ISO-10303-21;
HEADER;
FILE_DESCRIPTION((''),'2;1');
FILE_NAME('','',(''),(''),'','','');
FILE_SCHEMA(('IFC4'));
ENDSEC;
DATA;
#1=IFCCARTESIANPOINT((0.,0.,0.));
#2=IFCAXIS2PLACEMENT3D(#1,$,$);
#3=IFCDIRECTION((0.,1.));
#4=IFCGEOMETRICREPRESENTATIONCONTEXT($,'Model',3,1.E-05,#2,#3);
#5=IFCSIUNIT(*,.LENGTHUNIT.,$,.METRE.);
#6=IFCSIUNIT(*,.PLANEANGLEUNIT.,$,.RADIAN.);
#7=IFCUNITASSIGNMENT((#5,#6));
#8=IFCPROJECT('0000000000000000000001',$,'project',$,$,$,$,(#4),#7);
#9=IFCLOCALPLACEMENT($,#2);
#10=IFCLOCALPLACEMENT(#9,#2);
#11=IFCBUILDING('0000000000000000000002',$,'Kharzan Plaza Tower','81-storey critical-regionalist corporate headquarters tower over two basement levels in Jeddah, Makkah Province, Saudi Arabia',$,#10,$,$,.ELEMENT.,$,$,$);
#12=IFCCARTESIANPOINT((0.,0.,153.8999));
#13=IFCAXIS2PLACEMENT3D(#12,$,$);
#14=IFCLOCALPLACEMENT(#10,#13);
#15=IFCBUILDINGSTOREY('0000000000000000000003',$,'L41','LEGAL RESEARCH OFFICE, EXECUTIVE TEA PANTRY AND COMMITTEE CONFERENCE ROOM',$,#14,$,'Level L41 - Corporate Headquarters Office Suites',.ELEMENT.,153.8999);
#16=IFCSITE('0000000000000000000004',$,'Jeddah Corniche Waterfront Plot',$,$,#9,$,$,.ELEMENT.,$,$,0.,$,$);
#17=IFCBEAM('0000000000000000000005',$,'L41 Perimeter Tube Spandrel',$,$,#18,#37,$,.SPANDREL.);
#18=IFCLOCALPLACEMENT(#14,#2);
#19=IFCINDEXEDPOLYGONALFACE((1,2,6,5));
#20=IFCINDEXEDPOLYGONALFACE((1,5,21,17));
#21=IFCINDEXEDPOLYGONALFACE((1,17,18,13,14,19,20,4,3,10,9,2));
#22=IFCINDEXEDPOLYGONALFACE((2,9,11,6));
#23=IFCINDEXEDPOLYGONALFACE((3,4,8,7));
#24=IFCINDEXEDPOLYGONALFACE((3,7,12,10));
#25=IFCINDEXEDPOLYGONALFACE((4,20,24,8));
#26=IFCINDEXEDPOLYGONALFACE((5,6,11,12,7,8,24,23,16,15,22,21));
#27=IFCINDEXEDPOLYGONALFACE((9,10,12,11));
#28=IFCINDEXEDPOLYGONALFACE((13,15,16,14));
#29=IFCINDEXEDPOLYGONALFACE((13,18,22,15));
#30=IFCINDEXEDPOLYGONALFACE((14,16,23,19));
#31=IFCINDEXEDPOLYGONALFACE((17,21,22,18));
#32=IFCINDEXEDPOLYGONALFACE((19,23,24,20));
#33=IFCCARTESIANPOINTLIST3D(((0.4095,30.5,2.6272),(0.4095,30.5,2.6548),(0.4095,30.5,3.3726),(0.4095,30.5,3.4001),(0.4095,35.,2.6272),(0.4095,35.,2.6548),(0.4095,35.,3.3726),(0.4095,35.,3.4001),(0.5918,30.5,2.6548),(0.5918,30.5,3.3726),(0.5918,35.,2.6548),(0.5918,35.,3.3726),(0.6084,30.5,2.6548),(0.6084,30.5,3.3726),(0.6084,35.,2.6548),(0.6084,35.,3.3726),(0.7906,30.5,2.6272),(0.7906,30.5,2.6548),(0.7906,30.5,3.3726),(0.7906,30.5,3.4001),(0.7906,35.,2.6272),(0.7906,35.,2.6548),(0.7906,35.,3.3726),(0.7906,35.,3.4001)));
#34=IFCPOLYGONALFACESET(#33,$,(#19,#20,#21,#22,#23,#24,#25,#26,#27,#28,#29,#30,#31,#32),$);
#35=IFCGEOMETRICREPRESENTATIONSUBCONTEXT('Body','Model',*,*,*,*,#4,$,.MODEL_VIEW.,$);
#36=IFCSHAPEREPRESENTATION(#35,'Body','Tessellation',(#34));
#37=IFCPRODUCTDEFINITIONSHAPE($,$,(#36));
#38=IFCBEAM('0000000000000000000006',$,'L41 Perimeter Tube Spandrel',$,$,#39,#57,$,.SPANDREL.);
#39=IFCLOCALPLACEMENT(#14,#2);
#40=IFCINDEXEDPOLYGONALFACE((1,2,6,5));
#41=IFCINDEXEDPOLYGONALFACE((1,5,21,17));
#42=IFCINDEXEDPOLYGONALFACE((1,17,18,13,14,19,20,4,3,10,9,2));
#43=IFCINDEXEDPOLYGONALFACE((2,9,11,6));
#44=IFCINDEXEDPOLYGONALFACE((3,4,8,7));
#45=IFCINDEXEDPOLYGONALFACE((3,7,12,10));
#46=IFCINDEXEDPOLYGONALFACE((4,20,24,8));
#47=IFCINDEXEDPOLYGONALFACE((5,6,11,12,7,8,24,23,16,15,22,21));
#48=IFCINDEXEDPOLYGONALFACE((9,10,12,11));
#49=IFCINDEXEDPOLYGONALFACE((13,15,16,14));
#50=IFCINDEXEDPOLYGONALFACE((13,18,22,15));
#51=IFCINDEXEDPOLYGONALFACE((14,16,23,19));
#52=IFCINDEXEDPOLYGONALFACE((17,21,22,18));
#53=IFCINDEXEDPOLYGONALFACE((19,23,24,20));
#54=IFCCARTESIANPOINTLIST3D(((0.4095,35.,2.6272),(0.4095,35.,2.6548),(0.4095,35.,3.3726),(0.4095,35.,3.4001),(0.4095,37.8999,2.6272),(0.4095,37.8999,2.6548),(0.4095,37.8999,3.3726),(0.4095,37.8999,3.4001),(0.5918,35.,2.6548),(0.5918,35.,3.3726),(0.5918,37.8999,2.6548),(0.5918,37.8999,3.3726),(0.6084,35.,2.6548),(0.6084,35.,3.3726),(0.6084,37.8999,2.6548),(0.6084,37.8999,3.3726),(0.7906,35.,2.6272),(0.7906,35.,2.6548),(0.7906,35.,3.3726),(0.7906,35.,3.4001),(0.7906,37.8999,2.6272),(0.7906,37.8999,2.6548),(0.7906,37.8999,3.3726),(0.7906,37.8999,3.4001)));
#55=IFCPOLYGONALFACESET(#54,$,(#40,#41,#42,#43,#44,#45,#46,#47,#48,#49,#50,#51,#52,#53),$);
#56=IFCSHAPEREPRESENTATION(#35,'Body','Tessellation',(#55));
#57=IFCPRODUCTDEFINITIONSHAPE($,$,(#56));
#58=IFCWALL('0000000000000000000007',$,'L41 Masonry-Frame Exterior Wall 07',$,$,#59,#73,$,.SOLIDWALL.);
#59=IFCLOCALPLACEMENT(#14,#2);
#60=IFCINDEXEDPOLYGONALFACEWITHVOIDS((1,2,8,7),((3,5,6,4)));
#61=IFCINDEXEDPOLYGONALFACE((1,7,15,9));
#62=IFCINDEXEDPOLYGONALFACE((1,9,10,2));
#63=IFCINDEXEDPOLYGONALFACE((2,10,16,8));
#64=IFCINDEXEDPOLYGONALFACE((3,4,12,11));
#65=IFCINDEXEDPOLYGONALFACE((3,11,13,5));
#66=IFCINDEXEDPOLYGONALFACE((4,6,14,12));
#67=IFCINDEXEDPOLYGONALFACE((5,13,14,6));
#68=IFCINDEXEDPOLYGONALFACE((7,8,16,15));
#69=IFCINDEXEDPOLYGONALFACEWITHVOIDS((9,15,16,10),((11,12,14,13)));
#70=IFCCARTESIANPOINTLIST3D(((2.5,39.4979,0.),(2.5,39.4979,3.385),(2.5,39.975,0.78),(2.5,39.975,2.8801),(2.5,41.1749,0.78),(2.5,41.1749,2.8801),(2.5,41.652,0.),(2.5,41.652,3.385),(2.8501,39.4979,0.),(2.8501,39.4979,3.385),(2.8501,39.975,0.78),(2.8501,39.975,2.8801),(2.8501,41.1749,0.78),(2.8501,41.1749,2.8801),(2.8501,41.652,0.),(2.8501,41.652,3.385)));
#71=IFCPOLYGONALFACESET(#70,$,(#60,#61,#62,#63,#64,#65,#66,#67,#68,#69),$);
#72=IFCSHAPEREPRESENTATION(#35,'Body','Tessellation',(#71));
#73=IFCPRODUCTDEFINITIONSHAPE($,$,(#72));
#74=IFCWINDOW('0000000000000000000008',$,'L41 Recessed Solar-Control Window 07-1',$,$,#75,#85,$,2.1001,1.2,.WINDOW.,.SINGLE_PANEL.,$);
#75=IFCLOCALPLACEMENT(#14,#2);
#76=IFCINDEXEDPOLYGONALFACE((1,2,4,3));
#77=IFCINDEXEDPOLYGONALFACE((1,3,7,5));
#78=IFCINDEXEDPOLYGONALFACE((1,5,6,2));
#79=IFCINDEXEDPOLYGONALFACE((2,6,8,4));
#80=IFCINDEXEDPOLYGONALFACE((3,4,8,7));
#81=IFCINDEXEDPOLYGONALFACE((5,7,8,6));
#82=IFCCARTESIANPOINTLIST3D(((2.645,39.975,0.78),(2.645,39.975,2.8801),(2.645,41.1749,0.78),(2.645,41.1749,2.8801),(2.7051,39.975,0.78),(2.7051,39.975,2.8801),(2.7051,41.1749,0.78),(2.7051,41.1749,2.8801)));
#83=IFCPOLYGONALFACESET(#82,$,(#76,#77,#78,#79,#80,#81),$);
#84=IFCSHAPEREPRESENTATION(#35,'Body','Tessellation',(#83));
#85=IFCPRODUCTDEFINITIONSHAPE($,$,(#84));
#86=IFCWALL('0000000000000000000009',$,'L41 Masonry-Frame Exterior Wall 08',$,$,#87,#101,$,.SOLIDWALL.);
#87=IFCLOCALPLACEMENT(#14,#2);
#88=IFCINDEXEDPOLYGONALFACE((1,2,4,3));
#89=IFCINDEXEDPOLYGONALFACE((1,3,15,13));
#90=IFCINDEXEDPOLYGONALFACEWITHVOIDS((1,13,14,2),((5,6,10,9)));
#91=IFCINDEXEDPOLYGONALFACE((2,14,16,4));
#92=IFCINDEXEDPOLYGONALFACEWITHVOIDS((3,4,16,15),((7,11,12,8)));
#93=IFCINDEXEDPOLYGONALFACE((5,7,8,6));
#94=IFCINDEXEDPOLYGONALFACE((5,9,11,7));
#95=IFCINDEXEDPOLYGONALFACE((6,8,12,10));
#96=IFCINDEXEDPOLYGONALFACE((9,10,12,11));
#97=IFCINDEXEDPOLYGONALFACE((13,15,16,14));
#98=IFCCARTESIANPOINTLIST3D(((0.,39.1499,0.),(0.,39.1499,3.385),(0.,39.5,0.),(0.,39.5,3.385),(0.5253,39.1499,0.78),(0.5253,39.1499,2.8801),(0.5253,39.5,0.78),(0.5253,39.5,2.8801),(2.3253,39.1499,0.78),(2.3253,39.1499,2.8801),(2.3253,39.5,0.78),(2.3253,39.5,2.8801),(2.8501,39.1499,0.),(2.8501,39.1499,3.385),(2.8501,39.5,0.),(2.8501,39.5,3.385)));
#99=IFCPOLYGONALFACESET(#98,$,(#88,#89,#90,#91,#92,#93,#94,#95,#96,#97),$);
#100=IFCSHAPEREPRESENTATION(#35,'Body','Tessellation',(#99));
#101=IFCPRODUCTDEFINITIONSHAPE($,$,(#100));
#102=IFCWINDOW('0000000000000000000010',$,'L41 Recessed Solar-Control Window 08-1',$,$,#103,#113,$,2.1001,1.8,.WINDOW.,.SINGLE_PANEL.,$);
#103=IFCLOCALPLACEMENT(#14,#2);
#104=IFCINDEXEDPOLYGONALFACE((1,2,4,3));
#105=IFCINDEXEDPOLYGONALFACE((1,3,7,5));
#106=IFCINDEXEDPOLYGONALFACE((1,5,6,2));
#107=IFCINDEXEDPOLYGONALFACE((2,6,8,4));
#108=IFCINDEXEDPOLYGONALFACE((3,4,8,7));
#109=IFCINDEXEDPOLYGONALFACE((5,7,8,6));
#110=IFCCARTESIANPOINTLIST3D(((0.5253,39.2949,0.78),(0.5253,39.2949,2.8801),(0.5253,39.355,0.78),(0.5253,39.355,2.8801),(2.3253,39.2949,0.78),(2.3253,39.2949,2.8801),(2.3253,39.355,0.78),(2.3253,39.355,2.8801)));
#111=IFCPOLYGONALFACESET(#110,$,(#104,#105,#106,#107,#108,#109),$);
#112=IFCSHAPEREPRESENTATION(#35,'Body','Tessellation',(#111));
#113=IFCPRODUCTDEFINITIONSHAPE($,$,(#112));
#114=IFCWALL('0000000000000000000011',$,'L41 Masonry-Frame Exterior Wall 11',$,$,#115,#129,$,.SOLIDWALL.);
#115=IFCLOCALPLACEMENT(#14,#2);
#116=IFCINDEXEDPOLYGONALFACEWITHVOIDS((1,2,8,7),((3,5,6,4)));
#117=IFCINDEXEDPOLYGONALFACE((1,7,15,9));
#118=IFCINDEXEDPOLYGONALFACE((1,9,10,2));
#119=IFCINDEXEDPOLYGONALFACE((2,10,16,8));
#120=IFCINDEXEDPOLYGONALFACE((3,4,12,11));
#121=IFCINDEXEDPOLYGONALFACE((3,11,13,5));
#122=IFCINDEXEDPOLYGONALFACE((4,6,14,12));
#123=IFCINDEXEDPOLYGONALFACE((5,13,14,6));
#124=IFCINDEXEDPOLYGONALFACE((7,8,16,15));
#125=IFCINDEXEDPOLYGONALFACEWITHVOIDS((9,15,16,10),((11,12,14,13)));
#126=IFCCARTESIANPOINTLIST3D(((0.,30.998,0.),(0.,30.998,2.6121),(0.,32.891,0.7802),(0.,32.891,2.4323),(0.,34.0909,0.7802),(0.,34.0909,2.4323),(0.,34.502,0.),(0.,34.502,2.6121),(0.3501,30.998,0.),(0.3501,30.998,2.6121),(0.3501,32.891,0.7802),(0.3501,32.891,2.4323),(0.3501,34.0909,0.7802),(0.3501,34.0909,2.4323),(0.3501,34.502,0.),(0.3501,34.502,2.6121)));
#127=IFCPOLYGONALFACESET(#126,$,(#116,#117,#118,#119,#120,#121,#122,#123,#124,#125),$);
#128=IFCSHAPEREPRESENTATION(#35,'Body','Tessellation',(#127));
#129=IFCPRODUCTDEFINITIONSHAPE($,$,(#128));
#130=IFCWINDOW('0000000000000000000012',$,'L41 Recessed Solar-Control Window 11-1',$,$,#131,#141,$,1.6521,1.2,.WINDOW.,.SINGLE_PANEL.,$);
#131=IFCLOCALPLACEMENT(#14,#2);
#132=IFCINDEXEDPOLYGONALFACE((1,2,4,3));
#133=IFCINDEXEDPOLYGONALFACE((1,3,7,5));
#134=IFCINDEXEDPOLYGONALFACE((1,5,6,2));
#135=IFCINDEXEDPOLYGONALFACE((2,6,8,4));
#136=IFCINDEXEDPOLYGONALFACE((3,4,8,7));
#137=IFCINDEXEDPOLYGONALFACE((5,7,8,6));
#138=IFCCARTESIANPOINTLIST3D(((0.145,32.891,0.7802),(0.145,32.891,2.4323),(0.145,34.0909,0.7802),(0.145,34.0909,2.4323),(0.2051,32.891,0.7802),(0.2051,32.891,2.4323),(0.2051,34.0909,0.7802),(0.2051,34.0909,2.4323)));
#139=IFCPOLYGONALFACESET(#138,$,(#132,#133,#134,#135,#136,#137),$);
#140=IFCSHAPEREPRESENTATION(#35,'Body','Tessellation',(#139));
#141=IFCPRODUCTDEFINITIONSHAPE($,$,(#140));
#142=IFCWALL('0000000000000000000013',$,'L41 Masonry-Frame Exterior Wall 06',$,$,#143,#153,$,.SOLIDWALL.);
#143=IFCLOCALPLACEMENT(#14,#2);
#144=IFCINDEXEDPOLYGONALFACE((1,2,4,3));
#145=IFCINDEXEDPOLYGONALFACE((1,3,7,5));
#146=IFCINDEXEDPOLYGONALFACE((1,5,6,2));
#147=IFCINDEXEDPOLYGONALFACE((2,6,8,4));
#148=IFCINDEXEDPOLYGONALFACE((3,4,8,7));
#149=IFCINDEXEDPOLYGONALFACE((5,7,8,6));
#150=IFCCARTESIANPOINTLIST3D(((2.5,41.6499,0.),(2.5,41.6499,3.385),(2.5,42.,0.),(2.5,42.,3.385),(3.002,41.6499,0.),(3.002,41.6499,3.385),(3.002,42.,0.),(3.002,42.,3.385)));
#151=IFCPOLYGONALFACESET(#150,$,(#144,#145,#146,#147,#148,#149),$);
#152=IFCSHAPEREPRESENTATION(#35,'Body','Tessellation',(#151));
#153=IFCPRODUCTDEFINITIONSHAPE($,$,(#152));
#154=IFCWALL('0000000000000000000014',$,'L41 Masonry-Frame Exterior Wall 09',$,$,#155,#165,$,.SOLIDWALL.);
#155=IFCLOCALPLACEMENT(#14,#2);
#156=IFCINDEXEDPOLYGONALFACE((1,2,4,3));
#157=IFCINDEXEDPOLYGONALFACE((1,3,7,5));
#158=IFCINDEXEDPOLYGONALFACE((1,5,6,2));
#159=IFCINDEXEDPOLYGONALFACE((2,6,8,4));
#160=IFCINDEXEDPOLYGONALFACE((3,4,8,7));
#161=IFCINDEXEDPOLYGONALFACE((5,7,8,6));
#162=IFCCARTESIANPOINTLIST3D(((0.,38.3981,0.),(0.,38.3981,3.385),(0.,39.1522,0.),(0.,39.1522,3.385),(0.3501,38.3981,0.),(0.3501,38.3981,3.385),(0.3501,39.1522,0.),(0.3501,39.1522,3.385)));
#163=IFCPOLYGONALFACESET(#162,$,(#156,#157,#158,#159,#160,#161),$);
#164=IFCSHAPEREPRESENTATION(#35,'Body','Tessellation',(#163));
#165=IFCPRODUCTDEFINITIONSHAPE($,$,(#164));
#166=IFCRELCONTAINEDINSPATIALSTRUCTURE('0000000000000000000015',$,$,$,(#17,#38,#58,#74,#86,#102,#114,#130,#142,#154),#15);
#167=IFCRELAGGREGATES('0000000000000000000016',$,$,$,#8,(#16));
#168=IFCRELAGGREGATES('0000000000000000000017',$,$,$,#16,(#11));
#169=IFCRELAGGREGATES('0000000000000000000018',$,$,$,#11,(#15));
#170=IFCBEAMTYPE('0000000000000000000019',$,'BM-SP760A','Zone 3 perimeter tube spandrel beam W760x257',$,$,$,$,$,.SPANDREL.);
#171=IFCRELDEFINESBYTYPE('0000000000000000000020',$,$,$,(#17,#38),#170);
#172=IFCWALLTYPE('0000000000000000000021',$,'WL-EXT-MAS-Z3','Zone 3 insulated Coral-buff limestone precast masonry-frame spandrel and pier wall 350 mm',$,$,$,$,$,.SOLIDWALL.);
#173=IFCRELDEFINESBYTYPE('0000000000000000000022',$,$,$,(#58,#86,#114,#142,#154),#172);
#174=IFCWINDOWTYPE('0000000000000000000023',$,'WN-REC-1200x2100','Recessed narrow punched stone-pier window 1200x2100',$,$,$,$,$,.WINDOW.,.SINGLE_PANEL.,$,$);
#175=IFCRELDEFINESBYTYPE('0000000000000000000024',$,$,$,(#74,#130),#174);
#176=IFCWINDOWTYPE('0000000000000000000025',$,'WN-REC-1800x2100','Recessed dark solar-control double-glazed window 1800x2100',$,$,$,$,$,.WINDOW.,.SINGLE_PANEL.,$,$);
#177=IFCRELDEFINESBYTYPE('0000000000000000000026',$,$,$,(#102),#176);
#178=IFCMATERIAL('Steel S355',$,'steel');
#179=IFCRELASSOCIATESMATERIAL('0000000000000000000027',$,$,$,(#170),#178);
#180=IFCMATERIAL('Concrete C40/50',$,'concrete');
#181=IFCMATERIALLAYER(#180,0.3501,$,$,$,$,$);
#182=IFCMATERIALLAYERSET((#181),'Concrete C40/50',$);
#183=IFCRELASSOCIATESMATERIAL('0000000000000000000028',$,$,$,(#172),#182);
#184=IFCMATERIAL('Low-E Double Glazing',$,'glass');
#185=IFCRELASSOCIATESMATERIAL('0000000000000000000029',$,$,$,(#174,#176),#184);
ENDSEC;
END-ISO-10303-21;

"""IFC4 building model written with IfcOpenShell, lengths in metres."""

from ifc_helpers import new_model, si_unit, direction, frame, frame_2d, origin, origin_2d, place, context, subcontext, project, spatial, rectangle, i_section, extrude, source, transform, mapped, material, layer, layer_set, material_profile, profile_set, type_object, element, fill, save


model = new_model("IFC4")

# Units and contexts
model_context = context("Model", 3, precision=1e-05, world=origin(), true_north=direction((0.0, 1.0)))
body_context = subcontext(model_context, "Body", "Model", "MODEL_VIEW")
ifc_project = project(units=[si_unit("LENGTHUNIT", "METRE"), si_unit("PLANEANGLEUNIT", "RADIAN")], contexts=[model_context])

# Site, building, storey
site_placement = place(None, origin())
site = spatial("IfcSite", under=ifc_project, at=site_placement, Name="Jeddah Corniche Waterfront Plot", CompositionType="ELEMENT", RefElevation=0.0)
building_placement = place(site_placement, origin())
building = spatial("IfcBuilding", under=site, at=building_placement, Name="Kharzan Plaza Tower", Description="81-storey critical-regionalist corporate headquarters tower over two basement levels in Jeddah, Makkah Province, Saudi Arabia", CompositionType="ELEMENT")
storey_placement = place(building_placement, frame((0.0, 0.0, 153.8999)))
storey = spatial("IfcBuildingStorey", under=building, at=storey_placement, Name="L41", Description="LEGAL RESEARCH OFFICE, EXECUTIVE TEA PANTRY AND COMMITTEE CONFERENCE ROOM", LongName="Level L41 - Corporate Headquarters Office Suites", CompositionType="ELEMENT", Elevation=153.8999)

# Beams
ifc_material_1 = material(Name="Steel S355", Category="steel")
ifc_material_profile_1 = material_profile(ifc_material_1, i_section(OverallWidth=0.3811, OverallDepth=0.7729, WebThickness=0.0166, FlangeThickness=0.0276, at=origin_2d()), Name="W760x257")
ifc_profile_set_1 = profile_set([ifc_material_profile_1], Name="Steel S355")
beam_type_1 = type_object("IfcBeamType", Name="BM-SP760A", Description="Zone 3 perimeter tube spandrel beam W760x257", PredefinedType="SPANDREL", material=ifc_profile_set_1)
shared_shape_1 = source(origin(), body_context, "Body", "SweptSolid", [
    extrude(i_section(OverallWidth=0.3811, OverallDepth=0.7729, WebThickness=0.0166, FlangeThickness=0.0276, at=origin_2d()), origin(), (0.0, 0.0, 1.0), 4.5),
])
beam_1_placement = place(storey_placement, frame((0.6001, 30.5, 3.0137), z_axis=(0.0, 1.0, 0.0), x_axis=(-1.0, 0.0, 0.0)))
element("IfcBeam", 1, at=beam_1_placement, inside=storey, type_object=beam_type_1, Name="L41 Perimeter Tube Spandrel", PredefinedType="SPANDREL", context=body_context, shape_type="MappedRepresentation", body=[
    mapped(shared_shape_1, transform((0.0, 0.0, 0.0), x_axis=(1.0, 0.0, 0.0), y_axis=(0.0, 1.0, 0.0), z_axis=(0.0, 0.0, 1.0))),
])
shared_shape_2 = source(origin(), body_context, "Body", "SweptSolid", [
    extrude(i_section(OverallWidth=0.3811, OverallDepth=0.7729, WebThickness=0.0166, FlangeThickness=0.0276, at=origin_2d()), origin(), (0.0, 0.0, 1.0), 2.8999),
])
beam_2_placement = place(storey_placement, frame((0.6001, 35.0, 3.0137), z_axis=(0.0, 1.0, 0.0), x_axis=(-1.0, 0.0, 0.0)))
element("IfcBeam", 2, at=beam_2_placement, inside=storey, type_object=beam_type_1, Name="L41 Perimeter Tube Spandrel", PredefinedType="SPANDREL", context=body_context, shape_type="MappedRepresentation", body=[
    mapped(shared_shape_2, transform((0.0, 0.0, 0.0), x_axis=(1.0, 0.0, 0.0), y_axis=(0.0, 1.0, 0.0), z_axis=(0.0, 0.0, 1.0))),
])

# Walls, openings, windows
ifc_material_2 = material(Name="Concrete C40/50", Category="concrete")
ifc_layer_1 = layer(ifc_material_2, 0.3501)
ifc_layer_set_1 = layer_set([ifc_layer_1], Name="Concrete C40/50")
wall_type_1 = type_object("IfcWallType", Name="WL-EXT-MAS-Z3", Description="Zone 3 insulated Coral-buff limestone precast masonry-frame spandrel and pier wall 350 mm", PredefinedType="SOLIDWALL", material=ifc_layer_set_1)
wall_1_placement = place(storey_placement, frame((2.675, 41.6521, 0.0), z_axis=(0.0, 0.0, 1.0), x_axis=(0.0, -1.0, 0.0)))
wall_1 = element("IfcWall", 3, at=wall_1_placement, inside=storey, type_object=wall_type_1, Name="L41 Masonry-Frame Exterior Wall 07", PredefinedType="SOLIDWALL", context=body_context, shape_type="SweptSolid", body=[
    extrude(rectangle(XDim=2.1541, YDim=0.3501, at=frame_2d((1.0771, 0.0))), origin(), (0.0, 0.0, 1.0), 3.385),
])
opening_1_placement = place(wall_1_placement, frame((0.4771, 0.0, 0.78)))
opening_1 = element("IfcOpeningElement", 4, at=opening_1_placement, cuts=wall_1, PredefinedType="OPENING", context=body_context, shape_type="SweptSolid", body=[
    extrude(rectangle(XDim=1.2, YDim=2.1001, at=frame_2d((0.6001, 1.05))), frame((0.0, 0.1851, 0.0), z_axis=(0.0, -1.0, 0.0), x_axis=(1.0, 0.0, 0.0)), (0.0, 0.0, 1.0), 0.3701),
])
ifc_material_3 = material(Name="Low-E Double Glazing", Category="glass")
window_type_1 = type_object("IfcWindowType", Name="WN-REC-1200x2100", Description="Recessed narrow punched stone-pier window 1200x2100", PartitioningType="SINGLE_PANEL", PredefinedType="WINDOW", material=ifc_material_3)
shared_shape_3 = source(origin(), body_context, "Body", "SweptSolid", [
    extrude(rectangle(XDim=1.2, YDim=2.1001, at=frame_2d((0.6001, 1.05))), frame((0.0, 0.03, 0.0), z_axis=(0.0, -1.0, 0.0), x_axis=(1.0, 0.0, 0.0)), (0.0, 0.0, 1.0), 0.0601),
])
window_1_placement = place(opening_1_placement, origin())
window_1 = element("IfcWindow", 5, at=window_1_placement, inside=storey, type_object=window_type_1, Name="L41 Recessed Solar-Control Window 07-1", OverallHeight=2.1001, OverallWidth=1.2, PartitioningType="SINGLE_PANEL", PredefinedType="WINDOW", context=body_context, shape_type="MappedRepresentation", body=[
    mapped(shared_shape_3, transform((0.0, 0.0, 0.0), x_axis=(1.0, 0.0, 0.0), y_axis=(0.0, 1.0, 0.0), z_axis=(0.0, 0.0, 1.0))),
])
fill(opening_1, window_1)
wall_2_placement = place(storey_placement, frame((2.8501, 39.325, 0.0), z_axis=(0.0, 0.0, 1.0), x_axis=(-1.0, 0.0, 0.0)))
wall_2 = element("IfcWall", 6, at=wall_2_placement, inside=storey, type_object=wall_type_1, Name="L41 Masonry-Frame Exterior Wall 08", PredefinedType="SOLIDWALL", context=body_context, shape_type="SweptSolid", body=[
    extrude(rectangle(XDim=2.8501, YDim=0.3501, at=frame_2d((1.425, 0.0))), origin(), (0.0, 0.0, 1.0), 3.385),
])
opening_2_placement = place(wall_2_placement, frame((0.5249, 0.0, 0.78)))
opening_2 = element("IfcOpeningElement", 7, at=opening_2_placement, cuts=wall_2, PredefinedType="OPENING", context=body_context, shape_type="SweptSolid", body=[
    extrude(rectangle(XDim=1.8, YDim=2.1001, at=frame_2d((0.8999, 1.05))), frame((0.0, 0.1851, 0.0), z_axis=(0.0, -1.0, 0.0), x_axis=(1.0, 0.0, 0.0)), (0.0, 0.0, 1.0), 0.3701),
])
window_type_2 = type_object("IfcWindowType", Name="WN-REC-1800x2100", Description="Recessed dark solar-control double-glazed window 1800x2100", PartitioningType="SINGLE_PANEL", PredefinedType="WINDOW", material=ifc_material_3)
shared_shape_4 = source(origin(), body_context, "Body", "SweptSolid", [
    extrude(rectangle(XDim=1.8, YDim=2.1001, at=frame_2d((0.8999, 1.05))), frame((0.0, 0.03, 0.0), z_axis=(0.0, -1.0, 0.0), x_axis=(1.0, 0.0, 0.0)), (0.0, 0.0, 1.0), 0.0601),
])
window_2_placement = place(opening_2_placement, origin())
window_2 = element("IfcWindow", 8, at=window_2_placement, inside=storey, type_object=window_type_2, Name="L41 Recessed Solar-Control Window 08-1", OverallHeight=2.1001, OverallWidth=1.8, PartitioningType="SINGLE_PANEL", PredefinedType="WINDOW", context=body_context, shape_type="MappedRepresentation", body=[
    mapped(shared_shape_4, transform((0.0, 0.0, 0.0), x_axis=(1.0, 0.0, 0.0), y_axis=(0.0, 1.0, 0.0), z_axis=(0.0, 0.0, 1.0))),
])
fill(opening_2, window_2)
wall_3_placement = place(storey_placement, frame((0.175, 34.502, 0.0), z_axis=(0.0, 0.0, 1.0), x_axis=(0.0, -1.0, 0.0)))
wall_3 = element("IfcWall", 9, at=wall_3_placement, inside=storey, type_object=wall_type_1, Name="L41 Masonry-Frame Exterior Wall 11", PredefinedType="SOLIDWALL", context=body_context, shape_type="SweptSolid", body=[
    extrude(rectangle(XDim=3.5039, YDim=0.3501, at=frame_2d((1.752, 0.0))), origin(), (0.0, 0.0, 1.0), 2.6121),
])
opening_3_placement = place(wall_3_placement, frame((0.4109, 0.0, 0.78)))
opening_3 = element("IfcOpeningElement", 10, at=opening_3_placement, cuts=wall_3, PredefinedType="OPENING", context=body_context, shape_type="SweptSolid", body=[
    extrude(rectangle(XDim=1.2, YDim=1.6521, at=frame_2d((0.6001, 0.8262))), frame((0.0, 0.1851, 0.0), z_axis=(0.0, -1.0, 0.0), x_axis=(1.0, 0.0, 0.0)), (0.0, 0.0, 1.0), 0.3701),
])
shared_shape_5 = source(origin(), body_context, "Body", "SweptSolid", [
    extrude(rectangle(XDim=1.2, YDim=1.6521, at=frame_2d((0.6001, 0.8262))), frame((0.0, 0.03, 0.0), z_axis=(0.0, -1.0, 0.0), x_axis=(1.0, 0.0, 0.0)), (0.0, 0.0, 1.0), 0.0601),
])
window_3_placement = place(opening_3_placement, origin())
window_3 = element("IfcWindow", 11, at=window_3_placement, inside=storey, type_object=window_type_1, Name="L41 Recessed Solar-Control Window 11-1", OverallHeight=1.6521, OverallWidth=1.2, PartitioningType="SINGLE_PANEL", PredefinedType="WINDOW", context=body_context, shape_type="MappedRepresentation", body=[
    mapped(shared_shape_5, transform((0.0, 0.0, 0.0), x_axis=(1.0, 0.0, 0.0), y_axis=(0.0, 1.0, 0.0), z_axis=(0.0, 0.0, 1.0))),
])
fill(opening_3, window_3)

# Walls
shared_shape_6 = source(origin(), body_context, "Body", "SweptSolid", [
    extrude(rectangle(XDim=0.502, YDim=0.3501, at=frame_2d((0.251, 0.0))), origin(), (0.0, 0.0, 1.0), 3.385),
])
wall_4_placement = place(storey_placement, frame((3.002, 41.825, 0.0), z_axis=(0.0, 0.0, 1.0), x_axis=(-1.0, 0.0, 0.0)))
element("IfcWall", 12, at=wall_4_placement, inside=storey, type_object=wall_type_1, Name="L41 Masonry-Frame Exterior Wall 06", PredefinedType="SOLIDWALL", context=body_context, shape_type="MappedRepresentation", body=[
    mapped(shared_shape_6, transform((0.0, 0.0, 0.0), x_axis=(1.0, 0.0, 0.0), y_axis=(0.0, 1.0, 0.0), z_axis=(0.0, 0.0, 1.0))),
])
shared_shape_7 = source(origin(), body_context, "Body", "SweptSolid", [
    extrude(rectangle(XDim=0.7542, YDim=0.3501, at=frame_2d((0.377, 0.0))), origin(), (0.0, 0.0, 1.0), 3.385),
])
wall_5_placement = place(storey_placement, frame((0.175, 39.1521, 0.0), z_axis=(0.0, 0.0, 1.0), x_axis=(0.0, -1.0, 0.0)))
element("IfcWall", 13, at=wall_5_placement, inside=storey, type_object=wall_type_1, Name="L41 Masonry-Frame Exterior Wall 09", PredefinedType="SOLIDWALL", context=body_context, shape_type="MappedRepresentation", body=[
    mapped(shared_shape_7, transform((0.0, 0.0, 0.0), x_axis=(1.0, 0.0, 0.0), y_axis=(0.0, 1.0, 0.0), z_axis=(0.0, 0.0, 1.0))),
])

save(model, "model.ifc")
